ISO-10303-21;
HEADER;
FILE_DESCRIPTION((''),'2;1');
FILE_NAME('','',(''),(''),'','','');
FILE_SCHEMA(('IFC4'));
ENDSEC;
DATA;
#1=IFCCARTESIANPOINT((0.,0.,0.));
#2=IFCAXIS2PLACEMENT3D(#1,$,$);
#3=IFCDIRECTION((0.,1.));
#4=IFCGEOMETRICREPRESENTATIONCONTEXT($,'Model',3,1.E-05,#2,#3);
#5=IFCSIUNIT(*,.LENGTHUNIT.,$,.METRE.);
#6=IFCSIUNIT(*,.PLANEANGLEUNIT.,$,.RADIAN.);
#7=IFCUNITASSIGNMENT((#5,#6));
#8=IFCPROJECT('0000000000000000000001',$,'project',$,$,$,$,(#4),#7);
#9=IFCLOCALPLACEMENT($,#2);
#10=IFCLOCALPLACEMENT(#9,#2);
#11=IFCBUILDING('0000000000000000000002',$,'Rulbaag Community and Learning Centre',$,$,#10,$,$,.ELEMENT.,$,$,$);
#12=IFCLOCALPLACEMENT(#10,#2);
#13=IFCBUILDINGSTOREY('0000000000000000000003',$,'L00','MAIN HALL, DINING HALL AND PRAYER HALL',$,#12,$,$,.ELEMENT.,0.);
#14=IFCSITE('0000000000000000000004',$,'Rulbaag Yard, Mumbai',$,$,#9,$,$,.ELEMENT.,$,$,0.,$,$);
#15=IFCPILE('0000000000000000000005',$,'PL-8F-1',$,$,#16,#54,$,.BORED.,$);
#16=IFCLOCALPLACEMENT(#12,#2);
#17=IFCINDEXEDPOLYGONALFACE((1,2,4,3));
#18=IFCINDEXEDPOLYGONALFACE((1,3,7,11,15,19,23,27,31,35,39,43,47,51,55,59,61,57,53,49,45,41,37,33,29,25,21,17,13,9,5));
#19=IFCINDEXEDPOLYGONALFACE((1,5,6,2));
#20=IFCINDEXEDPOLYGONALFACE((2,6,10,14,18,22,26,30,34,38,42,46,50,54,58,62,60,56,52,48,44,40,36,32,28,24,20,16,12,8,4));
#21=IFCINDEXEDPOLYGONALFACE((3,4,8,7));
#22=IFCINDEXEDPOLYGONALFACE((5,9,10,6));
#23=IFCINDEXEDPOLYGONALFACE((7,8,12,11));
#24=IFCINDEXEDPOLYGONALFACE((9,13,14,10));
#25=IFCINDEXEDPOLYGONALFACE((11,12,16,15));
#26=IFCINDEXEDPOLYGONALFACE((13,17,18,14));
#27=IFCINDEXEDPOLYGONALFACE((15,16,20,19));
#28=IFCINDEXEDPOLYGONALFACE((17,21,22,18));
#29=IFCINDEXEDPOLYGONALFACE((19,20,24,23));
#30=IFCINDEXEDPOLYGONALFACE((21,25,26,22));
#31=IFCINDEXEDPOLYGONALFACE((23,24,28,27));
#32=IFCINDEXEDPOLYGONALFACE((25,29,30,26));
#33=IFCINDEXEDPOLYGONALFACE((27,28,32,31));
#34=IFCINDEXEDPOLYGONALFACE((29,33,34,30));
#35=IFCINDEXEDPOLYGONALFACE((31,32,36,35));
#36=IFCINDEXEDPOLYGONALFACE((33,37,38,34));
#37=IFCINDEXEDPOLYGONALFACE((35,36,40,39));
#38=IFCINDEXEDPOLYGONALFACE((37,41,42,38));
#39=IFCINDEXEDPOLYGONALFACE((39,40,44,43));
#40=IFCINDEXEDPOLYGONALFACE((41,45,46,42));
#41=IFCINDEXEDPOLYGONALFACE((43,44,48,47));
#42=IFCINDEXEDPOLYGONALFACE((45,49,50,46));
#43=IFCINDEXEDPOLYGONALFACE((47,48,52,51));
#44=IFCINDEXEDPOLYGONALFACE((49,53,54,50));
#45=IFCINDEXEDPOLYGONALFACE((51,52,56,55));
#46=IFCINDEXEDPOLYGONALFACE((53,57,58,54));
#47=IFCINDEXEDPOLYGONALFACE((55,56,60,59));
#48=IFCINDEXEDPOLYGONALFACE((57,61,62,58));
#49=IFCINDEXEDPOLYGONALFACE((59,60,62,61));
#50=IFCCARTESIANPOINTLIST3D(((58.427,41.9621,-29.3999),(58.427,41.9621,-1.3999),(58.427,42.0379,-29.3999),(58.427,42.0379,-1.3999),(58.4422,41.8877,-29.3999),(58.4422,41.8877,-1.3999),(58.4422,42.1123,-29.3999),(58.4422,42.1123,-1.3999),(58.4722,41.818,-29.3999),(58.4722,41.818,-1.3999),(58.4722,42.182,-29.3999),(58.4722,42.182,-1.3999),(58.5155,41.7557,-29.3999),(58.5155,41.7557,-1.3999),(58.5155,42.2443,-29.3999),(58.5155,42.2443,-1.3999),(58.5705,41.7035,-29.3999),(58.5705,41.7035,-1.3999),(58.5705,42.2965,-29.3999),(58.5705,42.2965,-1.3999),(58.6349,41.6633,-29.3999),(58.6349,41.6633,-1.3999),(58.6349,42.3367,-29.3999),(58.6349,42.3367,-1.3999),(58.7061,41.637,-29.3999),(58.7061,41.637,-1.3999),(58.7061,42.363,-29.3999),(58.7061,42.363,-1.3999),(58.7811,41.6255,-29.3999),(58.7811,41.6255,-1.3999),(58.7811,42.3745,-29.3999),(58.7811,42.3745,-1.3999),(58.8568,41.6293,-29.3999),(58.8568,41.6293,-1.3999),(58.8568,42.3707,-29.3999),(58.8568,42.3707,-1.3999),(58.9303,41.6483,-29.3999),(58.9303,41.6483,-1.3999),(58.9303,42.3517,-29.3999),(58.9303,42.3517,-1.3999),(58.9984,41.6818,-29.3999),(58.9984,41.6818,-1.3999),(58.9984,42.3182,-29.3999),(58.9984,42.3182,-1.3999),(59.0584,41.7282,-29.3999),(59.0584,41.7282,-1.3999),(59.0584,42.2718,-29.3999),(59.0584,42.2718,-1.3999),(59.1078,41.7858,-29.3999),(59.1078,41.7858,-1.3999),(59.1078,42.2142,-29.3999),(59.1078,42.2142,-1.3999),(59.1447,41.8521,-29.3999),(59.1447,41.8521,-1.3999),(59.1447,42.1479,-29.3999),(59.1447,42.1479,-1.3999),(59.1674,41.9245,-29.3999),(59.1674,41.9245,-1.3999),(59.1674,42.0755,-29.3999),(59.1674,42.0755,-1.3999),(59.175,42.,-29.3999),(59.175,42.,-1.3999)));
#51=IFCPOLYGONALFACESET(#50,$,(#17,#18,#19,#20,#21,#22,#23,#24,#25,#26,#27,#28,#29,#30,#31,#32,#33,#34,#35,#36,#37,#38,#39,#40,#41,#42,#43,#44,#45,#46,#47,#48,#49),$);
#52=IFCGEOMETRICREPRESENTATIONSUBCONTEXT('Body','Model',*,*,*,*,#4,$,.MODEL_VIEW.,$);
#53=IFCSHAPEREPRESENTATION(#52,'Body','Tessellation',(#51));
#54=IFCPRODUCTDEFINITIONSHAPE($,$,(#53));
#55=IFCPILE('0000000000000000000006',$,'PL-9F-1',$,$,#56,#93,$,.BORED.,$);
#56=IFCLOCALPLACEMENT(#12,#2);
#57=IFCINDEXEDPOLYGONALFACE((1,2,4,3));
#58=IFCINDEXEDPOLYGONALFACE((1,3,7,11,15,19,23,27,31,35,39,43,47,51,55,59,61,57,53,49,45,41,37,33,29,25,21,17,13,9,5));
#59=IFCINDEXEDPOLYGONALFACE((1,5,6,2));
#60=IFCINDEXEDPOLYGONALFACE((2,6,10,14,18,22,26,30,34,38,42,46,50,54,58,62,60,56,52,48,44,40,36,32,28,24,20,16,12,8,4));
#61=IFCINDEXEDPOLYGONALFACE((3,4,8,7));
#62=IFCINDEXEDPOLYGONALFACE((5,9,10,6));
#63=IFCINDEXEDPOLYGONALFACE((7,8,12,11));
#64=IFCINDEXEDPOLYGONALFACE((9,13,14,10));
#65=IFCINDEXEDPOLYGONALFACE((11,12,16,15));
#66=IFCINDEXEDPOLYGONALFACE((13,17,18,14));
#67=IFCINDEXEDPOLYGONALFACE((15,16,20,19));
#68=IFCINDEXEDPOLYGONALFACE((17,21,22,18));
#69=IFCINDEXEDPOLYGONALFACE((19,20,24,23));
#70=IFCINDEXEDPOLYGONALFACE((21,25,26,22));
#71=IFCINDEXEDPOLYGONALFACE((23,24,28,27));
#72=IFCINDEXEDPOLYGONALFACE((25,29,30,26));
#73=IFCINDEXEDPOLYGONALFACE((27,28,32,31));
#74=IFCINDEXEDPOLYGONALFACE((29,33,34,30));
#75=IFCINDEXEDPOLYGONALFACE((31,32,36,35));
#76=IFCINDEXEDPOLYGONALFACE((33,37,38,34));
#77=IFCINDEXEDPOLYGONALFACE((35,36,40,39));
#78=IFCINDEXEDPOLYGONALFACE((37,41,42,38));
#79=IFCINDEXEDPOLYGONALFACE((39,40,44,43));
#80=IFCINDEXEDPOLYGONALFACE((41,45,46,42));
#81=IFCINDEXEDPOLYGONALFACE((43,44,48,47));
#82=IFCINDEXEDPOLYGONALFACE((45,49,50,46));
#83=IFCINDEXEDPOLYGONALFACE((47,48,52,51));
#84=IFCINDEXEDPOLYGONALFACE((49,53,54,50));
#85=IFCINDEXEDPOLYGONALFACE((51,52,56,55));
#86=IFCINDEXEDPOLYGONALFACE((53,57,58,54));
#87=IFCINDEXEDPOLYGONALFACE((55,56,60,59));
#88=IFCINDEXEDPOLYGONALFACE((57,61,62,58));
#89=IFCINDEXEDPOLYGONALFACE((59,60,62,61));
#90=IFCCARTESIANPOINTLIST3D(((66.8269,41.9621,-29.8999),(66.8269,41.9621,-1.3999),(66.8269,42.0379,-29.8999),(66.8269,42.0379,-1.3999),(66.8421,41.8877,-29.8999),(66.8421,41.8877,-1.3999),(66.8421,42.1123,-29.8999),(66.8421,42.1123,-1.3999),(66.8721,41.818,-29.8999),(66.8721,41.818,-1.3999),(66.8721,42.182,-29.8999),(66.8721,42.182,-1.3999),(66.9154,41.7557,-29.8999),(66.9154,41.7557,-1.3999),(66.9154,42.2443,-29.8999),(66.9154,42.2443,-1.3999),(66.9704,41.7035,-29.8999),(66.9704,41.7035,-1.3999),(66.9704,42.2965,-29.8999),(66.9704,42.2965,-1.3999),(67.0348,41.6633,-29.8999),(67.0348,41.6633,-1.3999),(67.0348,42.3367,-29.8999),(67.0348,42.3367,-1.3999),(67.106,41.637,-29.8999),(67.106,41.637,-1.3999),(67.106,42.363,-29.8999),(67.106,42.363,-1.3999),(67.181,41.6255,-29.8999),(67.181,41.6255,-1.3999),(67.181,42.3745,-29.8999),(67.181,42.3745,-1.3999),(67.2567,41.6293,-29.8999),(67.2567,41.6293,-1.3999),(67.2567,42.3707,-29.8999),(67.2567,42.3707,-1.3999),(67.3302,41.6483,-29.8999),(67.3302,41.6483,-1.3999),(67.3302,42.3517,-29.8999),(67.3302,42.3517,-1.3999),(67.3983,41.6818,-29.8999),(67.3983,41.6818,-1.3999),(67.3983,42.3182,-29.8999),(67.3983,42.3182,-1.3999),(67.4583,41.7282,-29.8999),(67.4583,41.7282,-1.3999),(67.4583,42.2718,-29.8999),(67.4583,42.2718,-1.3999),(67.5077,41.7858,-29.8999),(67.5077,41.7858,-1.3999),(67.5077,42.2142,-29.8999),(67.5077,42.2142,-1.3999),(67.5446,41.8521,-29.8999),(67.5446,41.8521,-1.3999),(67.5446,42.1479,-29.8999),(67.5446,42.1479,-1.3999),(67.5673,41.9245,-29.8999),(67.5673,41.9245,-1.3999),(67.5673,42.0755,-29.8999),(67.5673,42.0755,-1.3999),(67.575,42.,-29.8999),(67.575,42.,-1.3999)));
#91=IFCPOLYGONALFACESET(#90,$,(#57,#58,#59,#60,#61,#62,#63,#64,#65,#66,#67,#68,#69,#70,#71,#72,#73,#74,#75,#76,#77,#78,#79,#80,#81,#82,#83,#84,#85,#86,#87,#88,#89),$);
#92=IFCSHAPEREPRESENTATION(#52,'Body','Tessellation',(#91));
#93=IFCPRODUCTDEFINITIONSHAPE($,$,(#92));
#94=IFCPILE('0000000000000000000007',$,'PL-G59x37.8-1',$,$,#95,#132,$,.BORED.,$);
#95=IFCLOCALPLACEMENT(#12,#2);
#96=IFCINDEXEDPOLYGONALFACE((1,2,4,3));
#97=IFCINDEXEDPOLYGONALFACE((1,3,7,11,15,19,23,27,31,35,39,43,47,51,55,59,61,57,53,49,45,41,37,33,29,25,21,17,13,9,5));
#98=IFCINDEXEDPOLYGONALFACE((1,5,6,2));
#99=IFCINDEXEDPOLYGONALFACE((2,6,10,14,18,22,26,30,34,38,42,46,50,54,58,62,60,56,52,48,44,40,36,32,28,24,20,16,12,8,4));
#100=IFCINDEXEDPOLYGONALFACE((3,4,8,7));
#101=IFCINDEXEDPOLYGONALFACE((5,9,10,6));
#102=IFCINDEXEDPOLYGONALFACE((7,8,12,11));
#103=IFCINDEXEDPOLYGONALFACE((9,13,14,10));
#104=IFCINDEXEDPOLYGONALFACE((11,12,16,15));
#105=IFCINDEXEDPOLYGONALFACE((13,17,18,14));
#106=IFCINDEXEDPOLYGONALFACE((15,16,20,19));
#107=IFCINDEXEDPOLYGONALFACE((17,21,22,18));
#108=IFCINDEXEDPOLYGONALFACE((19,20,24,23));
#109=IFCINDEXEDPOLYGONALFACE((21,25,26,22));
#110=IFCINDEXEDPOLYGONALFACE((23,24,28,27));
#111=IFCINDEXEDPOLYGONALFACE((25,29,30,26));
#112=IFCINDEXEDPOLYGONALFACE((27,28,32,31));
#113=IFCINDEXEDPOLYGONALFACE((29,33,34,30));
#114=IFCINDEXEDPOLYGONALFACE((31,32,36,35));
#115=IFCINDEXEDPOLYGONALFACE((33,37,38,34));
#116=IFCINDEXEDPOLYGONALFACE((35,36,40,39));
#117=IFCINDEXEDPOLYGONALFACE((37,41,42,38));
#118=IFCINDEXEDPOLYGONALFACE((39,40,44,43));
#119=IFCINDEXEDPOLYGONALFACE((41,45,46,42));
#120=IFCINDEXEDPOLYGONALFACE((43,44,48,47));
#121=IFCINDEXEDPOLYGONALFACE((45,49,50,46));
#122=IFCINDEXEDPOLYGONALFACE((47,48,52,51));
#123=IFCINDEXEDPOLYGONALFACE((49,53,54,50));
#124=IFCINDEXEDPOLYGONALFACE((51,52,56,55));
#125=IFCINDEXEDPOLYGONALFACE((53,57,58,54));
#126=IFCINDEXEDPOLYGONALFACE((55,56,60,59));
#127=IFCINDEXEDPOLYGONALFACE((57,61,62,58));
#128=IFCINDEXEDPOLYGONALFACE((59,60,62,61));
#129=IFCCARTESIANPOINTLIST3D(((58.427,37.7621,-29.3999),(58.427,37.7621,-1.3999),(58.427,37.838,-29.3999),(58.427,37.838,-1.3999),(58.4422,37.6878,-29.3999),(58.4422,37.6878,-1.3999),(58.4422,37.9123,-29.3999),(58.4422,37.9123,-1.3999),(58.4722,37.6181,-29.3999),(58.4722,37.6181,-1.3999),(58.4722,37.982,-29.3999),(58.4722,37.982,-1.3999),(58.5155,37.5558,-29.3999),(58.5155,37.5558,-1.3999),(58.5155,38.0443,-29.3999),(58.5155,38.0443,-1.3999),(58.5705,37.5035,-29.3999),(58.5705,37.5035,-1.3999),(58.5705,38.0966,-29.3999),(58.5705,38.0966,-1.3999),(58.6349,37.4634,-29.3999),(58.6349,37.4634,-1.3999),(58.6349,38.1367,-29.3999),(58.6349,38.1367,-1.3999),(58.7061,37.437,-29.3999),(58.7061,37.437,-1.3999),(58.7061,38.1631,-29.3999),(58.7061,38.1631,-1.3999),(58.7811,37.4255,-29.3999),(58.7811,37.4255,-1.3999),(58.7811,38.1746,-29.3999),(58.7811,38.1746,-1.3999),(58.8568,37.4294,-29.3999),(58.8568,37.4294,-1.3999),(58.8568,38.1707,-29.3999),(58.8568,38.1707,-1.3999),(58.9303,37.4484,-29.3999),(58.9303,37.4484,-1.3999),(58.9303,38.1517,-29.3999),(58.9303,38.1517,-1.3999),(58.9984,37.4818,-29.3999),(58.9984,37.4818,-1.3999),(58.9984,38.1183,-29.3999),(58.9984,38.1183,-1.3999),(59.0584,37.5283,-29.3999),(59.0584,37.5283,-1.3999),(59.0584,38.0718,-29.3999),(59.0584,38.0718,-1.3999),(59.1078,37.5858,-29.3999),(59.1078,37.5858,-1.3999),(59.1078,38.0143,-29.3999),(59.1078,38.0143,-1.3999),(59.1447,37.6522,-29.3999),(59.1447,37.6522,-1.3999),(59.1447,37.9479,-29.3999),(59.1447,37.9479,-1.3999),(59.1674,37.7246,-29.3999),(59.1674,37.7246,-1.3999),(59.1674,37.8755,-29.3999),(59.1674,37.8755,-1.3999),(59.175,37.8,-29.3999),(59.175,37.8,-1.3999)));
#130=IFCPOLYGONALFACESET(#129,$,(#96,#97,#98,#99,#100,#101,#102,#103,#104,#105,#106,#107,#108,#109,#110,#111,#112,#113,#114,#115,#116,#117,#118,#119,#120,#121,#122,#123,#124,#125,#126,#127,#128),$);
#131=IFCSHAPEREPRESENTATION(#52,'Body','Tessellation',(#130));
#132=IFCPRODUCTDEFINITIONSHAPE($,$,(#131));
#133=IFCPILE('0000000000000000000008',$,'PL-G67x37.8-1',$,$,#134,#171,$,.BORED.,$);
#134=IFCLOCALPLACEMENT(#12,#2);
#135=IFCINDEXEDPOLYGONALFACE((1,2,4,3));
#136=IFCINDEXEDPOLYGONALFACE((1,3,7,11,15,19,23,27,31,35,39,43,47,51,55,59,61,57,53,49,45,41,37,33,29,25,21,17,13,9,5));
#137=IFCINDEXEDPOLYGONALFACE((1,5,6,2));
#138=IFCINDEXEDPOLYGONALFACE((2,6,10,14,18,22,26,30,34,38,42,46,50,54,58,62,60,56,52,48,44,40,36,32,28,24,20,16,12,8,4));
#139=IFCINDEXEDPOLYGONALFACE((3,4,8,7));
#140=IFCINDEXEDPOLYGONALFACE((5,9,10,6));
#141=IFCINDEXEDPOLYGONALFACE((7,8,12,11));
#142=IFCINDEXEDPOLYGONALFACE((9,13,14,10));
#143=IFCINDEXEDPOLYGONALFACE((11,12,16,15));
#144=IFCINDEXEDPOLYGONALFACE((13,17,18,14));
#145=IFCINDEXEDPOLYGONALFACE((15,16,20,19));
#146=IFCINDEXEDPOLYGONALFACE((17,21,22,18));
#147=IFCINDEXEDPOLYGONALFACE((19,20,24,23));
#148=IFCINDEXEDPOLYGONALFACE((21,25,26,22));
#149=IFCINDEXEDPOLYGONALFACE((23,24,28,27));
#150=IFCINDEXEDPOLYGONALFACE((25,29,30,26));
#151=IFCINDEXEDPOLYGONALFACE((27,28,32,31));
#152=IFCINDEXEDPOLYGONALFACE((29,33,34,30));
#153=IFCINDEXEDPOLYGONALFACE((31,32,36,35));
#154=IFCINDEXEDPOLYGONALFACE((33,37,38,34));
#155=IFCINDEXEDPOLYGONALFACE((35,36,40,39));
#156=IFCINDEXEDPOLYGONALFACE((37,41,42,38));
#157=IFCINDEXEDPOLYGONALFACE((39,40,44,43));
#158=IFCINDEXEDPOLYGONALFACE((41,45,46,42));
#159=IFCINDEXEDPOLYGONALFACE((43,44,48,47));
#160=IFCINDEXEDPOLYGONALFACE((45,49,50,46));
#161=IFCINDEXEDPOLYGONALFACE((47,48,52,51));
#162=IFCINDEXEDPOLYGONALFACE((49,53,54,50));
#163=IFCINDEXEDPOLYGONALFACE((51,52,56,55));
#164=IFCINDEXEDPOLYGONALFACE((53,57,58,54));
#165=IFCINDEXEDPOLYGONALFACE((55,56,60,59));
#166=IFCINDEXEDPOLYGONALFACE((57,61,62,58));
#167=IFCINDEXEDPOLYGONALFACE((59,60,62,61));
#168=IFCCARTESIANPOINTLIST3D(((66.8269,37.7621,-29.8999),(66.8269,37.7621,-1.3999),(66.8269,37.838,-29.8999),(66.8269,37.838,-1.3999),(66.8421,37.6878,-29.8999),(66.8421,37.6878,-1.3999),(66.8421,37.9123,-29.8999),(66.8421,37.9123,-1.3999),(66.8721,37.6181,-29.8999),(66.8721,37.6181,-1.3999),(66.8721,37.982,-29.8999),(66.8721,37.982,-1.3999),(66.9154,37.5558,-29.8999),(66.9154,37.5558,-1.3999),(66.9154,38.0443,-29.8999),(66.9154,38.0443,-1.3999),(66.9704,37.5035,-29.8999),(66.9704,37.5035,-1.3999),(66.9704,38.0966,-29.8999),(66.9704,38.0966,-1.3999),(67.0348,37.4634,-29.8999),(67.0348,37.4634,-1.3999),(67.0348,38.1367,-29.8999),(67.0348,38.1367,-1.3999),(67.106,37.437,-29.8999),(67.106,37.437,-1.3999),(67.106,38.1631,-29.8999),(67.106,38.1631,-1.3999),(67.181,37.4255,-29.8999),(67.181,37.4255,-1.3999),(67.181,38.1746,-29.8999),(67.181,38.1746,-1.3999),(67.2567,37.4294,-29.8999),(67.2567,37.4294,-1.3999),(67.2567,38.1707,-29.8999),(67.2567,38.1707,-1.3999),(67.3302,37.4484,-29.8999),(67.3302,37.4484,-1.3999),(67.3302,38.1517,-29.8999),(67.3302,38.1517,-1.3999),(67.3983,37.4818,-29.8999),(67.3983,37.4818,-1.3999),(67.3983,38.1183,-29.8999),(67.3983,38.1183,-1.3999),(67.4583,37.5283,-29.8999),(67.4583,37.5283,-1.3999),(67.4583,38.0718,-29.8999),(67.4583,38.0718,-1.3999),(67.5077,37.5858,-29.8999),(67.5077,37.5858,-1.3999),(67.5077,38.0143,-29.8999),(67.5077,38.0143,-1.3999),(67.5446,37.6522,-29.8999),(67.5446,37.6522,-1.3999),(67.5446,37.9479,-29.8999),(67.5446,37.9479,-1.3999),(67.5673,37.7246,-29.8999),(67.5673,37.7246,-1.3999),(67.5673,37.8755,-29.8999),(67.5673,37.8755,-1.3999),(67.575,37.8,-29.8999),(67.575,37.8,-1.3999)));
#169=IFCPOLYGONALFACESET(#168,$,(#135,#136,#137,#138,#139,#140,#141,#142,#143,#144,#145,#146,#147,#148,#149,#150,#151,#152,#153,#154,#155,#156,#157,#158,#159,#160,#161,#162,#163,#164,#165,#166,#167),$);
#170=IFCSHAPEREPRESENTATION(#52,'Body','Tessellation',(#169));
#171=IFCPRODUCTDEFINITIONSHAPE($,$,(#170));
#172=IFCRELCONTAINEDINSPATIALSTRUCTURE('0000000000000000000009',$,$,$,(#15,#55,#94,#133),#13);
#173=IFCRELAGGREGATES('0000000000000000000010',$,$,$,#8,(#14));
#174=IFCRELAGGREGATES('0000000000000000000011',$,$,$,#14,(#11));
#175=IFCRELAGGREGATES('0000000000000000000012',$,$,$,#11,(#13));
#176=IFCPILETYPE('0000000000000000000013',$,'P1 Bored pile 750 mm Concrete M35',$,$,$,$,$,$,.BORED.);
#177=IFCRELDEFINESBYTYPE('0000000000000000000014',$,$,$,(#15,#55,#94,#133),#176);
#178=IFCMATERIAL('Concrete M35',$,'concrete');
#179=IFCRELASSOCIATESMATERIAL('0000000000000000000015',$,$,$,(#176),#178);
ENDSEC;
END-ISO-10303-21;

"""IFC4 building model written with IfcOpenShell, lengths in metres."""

from ifc_helpers import new_model, si_unit, direction, frame, origin, origin_2d, place, context, subcontext, project, spatial, circle, extrude, material, material_profile, profile_set, type_object, element, save


model = new_model("IFC4")

# Units and contexts
model_context = context("Model", 3, precision=1e-05, world=origin(), true_north=direction((0.0, 1.0)))
body_context = subcontext(model_context, "Body", "Model", "MODEL_VIEW")
ifc_project = project(units=[si_unit("LENGTHUNIT", "METRE"), si_unit("PLANEANGLEUNIT", "RADIAN")], contexts=[model_context])

# Site, building, storey
site_placement = place(None, origin())
site = spatial("IfcSite", under=ifc_project, at=site_placement, Name="Rulbaag Yard, Mumbai", CompositionType="ELEMENT", RefElevation=0.0)
building_placement = place(site_placement, origin())
building = spatial("IfcBuilding", under=site, at=building_placement, Name="Rulbaag Community and Learning Centre", CompositionType="ELEMENT")
storey_placement = place(building_placement, origin())
storey = spatial("IfcBuildingStorey", under=building, at=storey_placement, Name="L00", Description="MAIN HALL, DINING HALL AND PRAYER HALL", CompositionType="ELEMENT", Elevation=0.0)

# Piles
ifc_material_1 = material(Name="Concrete M35", Category="concrete")
ifc_material_profile_1 = material_profile(ifc_material_1, circle(Radius=0.375, at=origin_2d()), Name="BP750")
ifc_profile_set_1 = profile_set([ifc_material_profile_1], Name="Concrete M35")
pile_type = type_object("IfcPileType", Name="P1 Bored pile 750 mm Concrete M35", PredefinedType="BORED", material=ifc_profile_set_1)
pile_1_placement = place(storey_placement, frame((58.8, 42.0, -1.3999), z_axis=(0.0, 0.0, -1.0), x_axis=(1.0, 0.0, 0.0)))
element("IfcPile", 1, at=pile_1_placement, inside=storey, type_object=pile_type, Name="PL-8F-1", PredefinedType="BORED", context=body_context, shape_type="SweptSolid", body=[
    extrude(circle(Radius=0.375, at=origin_2d()), origin(), (0.0, 0.0, 1.0), 28.0),
])
pile_2_placement = place(storey_placement, frame((67.2, 42.0, -1.3999), z_axis=(0.0, 0.0, -1.0), x_axis=(1.0, 0.0, 0.0)))
element("IfcPile", 2, at=pile_2_placement, inside=storey, type_object=pile_type, Name="PL-9F-1", PredefinedType="BORED", context=body_context, shape_type="SweptSolid", body=[
    extrude(circle(Radius=0.375, at=origin_2d()), origin(), (0.0, 0.0, 1.0), 28.5),
])
pile_3_placement = place(storey_placement, frame((58.8, 37.8, -1.3999), z_axis=(0.0, 0.0, -1.0), x_axis=(1.0, 0.0, 0.0)))
element("IfcPile", 3, at=pile_3_placement, inside=storey, type_object=pile_type, Name="PL-G59x37.8-1", PredefinedType="BORED", context=body_context, shape_type="SweptSolid", body=[
    extrude(circle(Radius=0.375, at=origin_2d()), origin(), (0.0, 0.0, 1.0), 28.0),
])
for number, where, z_axis, x_axis, name in (
    (4, (67.2, 37.8, -1.3999), (0.0, 0.0, -1.0), (1.0, 0.0, 0.0), "PL-G67x37.8-1"),
):
    element("IfcPile", number, at=place(storey_placement, frame(where, z_axis=z_axis, x_axis=x_axis)), inside=storey, type_object=pile_type, Name=name, PredefinedType="BORED", context=body_context, shape_type="SweptSolid", body=[
        extrude(circle(Radius=0.375, at=origin_2d()), origin(), (0.0, 0.0, 1.0), 28.5),
    ])

save(model, "model.ifc")
